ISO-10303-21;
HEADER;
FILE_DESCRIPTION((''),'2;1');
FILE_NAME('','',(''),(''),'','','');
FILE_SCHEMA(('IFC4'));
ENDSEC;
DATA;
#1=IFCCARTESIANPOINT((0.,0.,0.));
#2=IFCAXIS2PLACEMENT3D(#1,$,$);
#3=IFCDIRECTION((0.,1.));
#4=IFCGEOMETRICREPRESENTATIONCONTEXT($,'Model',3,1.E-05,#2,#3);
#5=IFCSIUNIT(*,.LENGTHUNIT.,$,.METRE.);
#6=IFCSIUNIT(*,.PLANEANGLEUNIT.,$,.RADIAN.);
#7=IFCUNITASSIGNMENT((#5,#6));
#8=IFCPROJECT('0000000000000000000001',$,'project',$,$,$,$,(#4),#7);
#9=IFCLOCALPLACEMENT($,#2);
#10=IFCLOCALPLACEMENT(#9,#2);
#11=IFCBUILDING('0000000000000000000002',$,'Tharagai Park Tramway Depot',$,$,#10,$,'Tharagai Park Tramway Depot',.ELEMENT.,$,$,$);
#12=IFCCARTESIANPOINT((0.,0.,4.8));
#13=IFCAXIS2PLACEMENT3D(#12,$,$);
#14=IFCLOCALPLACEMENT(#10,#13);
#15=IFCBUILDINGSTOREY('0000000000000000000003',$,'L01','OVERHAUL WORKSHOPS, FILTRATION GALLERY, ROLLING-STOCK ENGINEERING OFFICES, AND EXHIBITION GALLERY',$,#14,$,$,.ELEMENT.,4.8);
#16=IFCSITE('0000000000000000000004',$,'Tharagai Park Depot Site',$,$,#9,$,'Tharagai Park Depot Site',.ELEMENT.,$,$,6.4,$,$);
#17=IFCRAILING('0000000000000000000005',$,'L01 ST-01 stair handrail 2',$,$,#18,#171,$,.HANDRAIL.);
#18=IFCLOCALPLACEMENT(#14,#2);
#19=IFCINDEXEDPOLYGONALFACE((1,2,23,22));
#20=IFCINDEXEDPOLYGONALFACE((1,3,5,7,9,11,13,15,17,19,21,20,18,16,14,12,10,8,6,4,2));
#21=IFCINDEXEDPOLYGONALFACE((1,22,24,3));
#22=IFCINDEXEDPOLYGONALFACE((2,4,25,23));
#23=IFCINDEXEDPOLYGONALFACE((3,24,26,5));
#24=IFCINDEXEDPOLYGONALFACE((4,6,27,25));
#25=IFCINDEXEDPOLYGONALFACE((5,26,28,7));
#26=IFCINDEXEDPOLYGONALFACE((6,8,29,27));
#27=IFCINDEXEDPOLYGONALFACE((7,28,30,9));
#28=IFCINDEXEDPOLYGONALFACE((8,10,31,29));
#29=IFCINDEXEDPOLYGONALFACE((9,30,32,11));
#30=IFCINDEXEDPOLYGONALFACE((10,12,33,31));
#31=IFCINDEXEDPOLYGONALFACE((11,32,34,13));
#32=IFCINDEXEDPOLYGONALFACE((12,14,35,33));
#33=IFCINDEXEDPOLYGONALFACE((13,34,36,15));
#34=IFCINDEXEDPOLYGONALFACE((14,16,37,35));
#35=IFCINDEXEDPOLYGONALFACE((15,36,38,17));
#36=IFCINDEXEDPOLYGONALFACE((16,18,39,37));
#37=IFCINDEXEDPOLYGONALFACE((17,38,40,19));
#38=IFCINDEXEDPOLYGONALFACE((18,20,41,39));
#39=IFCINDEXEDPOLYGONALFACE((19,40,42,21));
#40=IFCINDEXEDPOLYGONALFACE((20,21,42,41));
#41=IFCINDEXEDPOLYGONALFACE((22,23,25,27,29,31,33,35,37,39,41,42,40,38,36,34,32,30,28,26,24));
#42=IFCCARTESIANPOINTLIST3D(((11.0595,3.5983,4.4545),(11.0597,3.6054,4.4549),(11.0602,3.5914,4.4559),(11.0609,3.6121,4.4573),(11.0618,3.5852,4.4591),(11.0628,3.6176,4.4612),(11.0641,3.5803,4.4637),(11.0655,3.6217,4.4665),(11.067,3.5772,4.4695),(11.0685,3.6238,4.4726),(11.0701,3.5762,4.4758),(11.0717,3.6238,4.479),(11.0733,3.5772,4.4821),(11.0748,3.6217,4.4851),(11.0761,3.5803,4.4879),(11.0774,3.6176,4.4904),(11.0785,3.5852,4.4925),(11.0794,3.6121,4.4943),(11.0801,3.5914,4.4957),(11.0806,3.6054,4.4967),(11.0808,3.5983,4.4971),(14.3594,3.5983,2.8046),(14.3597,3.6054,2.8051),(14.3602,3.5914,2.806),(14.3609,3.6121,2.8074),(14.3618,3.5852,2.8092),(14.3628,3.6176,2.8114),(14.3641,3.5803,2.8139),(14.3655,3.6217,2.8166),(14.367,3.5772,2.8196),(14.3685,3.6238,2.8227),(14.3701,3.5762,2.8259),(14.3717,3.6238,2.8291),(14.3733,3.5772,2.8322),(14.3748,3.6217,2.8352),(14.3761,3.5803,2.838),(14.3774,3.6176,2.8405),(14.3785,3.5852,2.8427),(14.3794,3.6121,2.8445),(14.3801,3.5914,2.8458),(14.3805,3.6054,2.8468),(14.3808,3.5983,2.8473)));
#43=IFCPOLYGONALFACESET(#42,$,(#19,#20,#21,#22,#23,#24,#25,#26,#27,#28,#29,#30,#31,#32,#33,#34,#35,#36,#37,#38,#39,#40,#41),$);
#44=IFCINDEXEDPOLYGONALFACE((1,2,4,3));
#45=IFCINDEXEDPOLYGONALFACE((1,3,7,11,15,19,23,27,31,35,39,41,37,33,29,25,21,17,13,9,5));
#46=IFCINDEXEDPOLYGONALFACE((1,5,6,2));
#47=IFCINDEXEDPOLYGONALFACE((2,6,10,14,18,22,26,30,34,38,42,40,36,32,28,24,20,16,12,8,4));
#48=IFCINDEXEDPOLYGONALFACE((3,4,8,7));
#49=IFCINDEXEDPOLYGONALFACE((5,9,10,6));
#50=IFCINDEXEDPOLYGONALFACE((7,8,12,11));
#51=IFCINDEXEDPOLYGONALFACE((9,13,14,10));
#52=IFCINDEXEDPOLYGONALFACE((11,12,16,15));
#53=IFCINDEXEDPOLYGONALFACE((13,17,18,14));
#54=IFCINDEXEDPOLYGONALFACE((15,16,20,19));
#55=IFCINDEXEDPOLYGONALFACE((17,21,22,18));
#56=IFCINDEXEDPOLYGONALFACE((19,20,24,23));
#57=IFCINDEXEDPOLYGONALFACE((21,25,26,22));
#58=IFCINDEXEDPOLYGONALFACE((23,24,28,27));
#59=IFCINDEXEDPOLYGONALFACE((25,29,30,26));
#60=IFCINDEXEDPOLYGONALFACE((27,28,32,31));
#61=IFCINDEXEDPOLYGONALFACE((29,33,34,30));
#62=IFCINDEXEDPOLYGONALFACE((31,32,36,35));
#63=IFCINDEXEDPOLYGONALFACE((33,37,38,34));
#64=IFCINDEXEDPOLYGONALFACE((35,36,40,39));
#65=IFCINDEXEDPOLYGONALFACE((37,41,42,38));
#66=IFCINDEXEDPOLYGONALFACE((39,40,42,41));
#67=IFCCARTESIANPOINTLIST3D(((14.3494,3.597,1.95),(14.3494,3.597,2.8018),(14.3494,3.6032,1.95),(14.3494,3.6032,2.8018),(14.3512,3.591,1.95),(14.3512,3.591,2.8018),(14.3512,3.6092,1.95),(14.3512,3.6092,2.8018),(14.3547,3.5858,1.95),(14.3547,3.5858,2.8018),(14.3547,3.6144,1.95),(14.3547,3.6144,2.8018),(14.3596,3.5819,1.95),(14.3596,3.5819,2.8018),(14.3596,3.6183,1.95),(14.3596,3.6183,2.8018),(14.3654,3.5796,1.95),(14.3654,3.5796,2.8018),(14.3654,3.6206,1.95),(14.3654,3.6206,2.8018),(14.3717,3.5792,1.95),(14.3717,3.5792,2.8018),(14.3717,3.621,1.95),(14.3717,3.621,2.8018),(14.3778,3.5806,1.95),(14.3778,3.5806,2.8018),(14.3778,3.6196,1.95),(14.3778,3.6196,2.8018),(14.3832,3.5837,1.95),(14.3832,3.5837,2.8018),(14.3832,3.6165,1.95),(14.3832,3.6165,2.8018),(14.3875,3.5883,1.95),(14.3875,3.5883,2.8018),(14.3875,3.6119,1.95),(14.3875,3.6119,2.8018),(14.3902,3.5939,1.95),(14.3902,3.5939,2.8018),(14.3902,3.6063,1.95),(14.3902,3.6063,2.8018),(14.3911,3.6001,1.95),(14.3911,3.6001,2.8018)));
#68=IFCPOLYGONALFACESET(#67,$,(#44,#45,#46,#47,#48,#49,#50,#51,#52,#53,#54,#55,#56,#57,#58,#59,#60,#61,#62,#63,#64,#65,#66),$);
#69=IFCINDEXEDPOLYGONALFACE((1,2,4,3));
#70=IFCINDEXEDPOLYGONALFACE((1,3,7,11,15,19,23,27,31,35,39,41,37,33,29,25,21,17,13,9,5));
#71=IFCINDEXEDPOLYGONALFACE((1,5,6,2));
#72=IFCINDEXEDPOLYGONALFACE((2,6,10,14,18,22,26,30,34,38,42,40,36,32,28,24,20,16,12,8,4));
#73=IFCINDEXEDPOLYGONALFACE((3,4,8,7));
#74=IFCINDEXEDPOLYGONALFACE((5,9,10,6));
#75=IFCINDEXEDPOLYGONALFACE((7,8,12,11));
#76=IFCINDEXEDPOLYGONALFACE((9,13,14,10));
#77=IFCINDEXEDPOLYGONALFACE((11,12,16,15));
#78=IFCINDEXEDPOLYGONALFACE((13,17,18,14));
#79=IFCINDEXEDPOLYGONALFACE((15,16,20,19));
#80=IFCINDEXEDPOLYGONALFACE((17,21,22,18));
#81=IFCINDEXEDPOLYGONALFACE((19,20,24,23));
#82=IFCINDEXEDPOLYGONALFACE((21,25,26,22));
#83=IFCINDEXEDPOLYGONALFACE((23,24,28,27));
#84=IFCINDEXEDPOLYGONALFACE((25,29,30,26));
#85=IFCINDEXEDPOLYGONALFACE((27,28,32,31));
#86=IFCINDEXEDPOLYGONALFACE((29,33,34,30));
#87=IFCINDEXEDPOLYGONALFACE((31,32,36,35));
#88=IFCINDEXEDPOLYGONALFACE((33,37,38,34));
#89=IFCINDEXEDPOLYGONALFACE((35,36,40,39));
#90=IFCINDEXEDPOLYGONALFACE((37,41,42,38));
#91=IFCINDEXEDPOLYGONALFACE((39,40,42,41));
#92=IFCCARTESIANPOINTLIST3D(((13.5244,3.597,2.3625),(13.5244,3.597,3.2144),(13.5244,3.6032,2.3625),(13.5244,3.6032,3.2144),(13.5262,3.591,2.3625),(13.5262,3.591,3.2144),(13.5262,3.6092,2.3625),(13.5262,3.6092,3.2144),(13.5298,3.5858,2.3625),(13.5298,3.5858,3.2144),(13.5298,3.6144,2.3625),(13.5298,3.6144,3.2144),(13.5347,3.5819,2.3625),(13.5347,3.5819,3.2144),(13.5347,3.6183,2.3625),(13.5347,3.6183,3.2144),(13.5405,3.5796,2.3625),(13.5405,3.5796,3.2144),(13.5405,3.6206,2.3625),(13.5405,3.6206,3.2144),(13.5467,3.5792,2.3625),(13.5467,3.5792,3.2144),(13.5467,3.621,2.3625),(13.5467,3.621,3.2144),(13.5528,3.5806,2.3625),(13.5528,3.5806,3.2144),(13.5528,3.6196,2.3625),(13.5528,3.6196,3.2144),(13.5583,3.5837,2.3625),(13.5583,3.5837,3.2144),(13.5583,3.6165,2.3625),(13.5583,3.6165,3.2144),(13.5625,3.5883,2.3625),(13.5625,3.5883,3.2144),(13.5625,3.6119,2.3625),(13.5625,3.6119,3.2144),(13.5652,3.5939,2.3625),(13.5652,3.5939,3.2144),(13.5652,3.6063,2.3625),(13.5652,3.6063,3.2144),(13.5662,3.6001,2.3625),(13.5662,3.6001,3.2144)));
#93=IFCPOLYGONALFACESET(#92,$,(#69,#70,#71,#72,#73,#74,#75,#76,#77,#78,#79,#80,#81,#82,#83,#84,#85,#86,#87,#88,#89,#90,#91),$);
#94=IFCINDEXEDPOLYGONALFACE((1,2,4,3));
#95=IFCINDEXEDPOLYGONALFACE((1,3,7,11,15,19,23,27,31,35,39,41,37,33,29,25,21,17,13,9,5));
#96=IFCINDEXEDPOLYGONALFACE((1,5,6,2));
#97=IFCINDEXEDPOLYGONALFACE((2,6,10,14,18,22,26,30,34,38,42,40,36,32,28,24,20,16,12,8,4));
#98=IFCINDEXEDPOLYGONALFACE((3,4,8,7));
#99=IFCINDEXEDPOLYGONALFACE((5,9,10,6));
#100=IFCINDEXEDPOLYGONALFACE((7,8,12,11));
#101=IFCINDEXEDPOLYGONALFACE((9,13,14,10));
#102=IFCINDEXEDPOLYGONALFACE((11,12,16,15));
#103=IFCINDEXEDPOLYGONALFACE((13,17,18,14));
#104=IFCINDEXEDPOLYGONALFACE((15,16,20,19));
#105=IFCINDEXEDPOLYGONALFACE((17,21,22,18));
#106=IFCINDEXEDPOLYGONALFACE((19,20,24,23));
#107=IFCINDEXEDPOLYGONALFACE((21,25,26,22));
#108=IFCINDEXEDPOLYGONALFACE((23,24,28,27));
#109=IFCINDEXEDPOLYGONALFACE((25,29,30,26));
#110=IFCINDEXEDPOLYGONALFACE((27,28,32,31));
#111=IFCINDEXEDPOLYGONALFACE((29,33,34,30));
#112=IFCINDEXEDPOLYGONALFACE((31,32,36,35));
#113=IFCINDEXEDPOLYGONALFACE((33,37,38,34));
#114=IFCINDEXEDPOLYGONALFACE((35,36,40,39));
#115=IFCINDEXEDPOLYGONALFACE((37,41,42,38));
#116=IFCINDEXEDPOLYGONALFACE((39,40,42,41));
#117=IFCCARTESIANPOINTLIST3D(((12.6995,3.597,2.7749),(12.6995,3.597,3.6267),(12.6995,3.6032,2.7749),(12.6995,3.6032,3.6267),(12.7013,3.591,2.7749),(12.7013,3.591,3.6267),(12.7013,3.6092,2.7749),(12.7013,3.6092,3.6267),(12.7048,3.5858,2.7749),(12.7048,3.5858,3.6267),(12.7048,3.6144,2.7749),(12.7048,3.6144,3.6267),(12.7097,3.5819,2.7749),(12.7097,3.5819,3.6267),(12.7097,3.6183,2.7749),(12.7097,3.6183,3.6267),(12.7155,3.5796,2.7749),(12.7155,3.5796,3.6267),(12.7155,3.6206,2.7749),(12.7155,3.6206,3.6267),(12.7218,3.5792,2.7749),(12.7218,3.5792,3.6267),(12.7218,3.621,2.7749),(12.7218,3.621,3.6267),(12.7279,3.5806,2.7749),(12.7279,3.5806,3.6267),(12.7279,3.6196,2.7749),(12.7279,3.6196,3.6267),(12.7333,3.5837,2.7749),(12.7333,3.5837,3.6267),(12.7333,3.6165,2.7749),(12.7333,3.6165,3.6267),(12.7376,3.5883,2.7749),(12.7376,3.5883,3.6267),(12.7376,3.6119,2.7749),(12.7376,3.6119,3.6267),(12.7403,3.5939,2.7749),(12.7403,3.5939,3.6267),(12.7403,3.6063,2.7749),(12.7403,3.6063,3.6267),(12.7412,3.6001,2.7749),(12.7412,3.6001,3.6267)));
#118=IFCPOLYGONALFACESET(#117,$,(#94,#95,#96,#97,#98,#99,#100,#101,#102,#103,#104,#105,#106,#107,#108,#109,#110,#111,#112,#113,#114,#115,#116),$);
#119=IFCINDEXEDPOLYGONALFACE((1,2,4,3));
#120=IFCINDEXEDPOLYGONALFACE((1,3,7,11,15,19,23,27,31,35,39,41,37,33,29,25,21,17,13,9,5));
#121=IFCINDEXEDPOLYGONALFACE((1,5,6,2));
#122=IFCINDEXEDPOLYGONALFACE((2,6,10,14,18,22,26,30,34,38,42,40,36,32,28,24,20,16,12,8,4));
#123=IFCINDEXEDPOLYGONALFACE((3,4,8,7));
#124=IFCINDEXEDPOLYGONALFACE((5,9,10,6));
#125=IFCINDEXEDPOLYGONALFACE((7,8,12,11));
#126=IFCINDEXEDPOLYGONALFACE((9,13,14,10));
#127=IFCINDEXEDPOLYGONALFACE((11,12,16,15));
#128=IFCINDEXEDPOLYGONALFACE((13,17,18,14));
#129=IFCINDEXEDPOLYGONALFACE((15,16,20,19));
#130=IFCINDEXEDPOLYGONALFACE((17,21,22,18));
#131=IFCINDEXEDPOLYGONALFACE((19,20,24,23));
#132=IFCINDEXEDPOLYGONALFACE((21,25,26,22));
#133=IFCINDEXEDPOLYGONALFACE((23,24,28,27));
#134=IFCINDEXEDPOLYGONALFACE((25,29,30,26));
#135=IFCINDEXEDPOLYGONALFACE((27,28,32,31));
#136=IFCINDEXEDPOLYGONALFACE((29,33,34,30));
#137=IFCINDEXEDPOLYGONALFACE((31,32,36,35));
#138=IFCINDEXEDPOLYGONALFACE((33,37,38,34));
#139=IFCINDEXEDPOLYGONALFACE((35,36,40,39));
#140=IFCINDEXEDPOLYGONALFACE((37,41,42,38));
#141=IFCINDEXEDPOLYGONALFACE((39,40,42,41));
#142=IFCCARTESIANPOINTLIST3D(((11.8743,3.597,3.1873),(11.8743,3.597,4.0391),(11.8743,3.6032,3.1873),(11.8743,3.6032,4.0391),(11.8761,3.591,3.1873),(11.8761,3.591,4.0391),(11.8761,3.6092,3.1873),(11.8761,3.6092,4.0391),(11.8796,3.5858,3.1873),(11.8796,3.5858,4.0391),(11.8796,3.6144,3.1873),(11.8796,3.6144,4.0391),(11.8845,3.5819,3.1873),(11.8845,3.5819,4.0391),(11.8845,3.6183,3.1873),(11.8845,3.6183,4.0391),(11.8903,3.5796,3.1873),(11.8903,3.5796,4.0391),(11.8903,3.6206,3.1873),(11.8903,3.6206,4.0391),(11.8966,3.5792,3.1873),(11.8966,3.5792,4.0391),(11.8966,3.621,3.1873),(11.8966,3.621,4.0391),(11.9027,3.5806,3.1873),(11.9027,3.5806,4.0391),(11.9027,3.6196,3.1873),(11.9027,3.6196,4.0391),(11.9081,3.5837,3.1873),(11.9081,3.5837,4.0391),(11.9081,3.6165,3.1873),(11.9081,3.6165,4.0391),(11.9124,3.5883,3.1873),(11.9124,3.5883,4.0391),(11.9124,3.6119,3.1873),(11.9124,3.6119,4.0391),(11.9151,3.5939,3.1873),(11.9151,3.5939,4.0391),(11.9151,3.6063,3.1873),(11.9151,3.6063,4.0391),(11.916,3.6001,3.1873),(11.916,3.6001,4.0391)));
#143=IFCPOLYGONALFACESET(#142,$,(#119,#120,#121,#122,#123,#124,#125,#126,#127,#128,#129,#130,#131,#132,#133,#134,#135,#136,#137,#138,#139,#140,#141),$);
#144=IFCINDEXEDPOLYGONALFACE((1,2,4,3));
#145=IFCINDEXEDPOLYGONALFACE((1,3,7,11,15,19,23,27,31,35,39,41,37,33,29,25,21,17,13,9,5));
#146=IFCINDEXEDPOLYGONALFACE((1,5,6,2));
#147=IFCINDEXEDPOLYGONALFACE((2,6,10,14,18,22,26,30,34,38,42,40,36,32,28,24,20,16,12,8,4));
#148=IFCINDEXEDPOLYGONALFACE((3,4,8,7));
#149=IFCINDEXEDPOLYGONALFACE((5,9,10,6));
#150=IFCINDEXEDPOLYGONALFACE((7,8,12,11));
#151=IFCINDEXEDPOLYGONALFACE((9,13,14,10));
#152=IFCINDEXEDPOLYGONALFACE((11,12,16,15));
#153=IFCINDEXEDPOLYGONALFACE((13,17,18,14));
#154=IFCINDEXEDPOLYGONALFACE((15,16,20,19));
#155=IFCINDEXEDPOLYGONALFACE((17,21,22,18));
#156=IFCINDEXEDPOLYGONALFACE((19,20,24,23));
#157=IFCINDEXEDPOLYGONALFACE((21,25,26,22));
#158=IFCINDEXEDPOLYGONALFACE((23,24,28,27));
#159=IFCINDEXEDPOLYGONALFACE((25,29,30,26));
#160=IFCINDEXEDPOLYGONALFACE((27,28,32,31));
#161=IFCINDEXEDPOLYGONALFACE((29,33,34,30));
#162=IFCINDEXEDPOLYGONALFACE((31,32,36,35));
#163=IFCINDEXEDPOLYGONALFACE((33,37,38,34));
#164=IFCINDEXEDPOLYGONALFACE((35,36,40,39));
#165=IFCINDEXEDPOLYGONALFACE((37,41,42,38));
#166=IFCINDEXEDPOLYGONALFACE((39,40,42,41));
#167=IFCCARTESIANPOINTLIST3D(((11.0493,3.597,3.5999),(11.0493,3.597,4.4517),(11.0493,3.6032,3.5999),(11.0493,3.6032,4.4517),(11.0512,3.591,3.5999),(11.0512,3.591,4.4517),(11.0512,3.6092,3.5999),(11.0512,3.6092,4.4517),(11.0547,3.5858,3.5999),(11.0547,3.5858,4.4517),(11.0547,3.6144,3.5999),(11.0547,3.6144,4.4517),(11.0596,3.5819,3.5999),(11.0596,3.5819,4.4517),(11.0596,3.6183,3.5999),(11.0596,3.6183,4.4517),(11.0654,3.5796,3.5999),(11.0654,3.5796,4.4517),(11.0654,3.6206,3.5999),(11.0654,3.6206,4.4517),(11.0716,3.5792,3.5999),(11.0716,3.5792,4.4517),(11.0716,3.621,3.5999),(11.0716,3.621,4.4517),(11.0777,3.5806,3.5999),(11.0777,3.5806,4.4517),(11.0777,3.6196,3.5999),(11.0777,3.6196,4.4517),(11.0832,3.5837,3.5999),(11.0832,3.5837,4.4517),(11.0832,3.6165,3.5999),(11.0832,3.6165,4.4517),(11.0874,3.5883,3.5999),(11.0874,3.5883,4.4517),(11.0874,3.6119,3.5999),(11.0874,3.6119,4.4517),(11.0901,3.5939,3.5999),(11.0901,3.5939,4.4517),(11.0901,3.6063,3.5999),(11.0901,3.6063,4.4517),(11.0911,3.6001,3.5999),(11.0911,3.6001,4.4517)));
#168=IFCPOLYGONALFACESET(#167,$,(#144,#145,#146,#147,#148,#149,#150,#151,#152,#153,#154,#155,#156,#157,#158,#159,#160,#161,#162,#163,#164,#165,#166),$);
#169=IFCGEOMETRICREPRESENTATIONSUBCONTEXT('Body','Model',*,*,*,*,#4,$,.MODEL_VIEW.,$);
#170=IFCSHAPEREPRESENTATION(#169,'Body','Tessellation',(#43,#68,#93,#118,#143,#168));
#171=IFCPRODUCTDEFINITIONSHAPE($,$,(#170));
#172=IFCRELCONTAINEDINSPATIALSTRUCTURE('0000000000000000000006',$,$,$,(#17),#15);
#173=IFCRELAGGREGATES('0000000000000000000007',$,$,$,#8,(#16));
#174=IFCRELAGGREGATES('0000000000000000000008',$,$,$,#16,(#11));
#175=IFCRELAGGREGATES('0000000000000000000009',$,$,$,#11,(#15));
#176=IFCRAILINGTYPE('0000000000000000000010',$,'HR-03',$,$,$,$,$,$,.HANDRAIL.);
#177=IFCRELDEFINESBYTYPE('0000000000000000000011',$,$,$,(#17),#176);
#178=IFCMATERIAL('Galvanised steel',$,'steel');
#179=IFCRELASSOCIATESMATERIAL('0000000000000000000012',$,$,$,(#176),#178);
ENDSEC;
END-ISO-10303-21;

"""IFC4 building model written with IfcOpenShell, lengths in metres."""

from ifc_helpers import new_model, si_unit, direction, frame, origin, origin_2d, place, context, subcontext, project, spatial, circle, extrude, material, type_object, element, save


model = new_model("IFC4")

# Units and contexts
model_context = context("Model", 3, precision=1e-05, world=origin(), true_north=direction((0.0, 1.0)))
body_context = subcontext(model_context, "Body", "Model", "MODEL_VIEW")
ifc_project = project(units=[si_unit("LENGTHUNIT", "METRE"), si_unit("PLANEANGLEUNIT", "RADIAN")], contexts=[model_context])

# Site, building, storey
site_placement = place(None, origin())
site = spatial("IfcSite", under=ifc_project, at=site_placement, Name="Tharagai Park Depot Site", LongName="Tharagai Park Depot Site", CompositionType="ELEMENT", RefElevation=6.4)
building_placement = place(site_placement, origin())
building = spatial("IfcBuilding", under=site, at=building_placement, Name="Tharagai Park Tramway Depot", LongName="Tharagai Park Tramway Depot", CompositionType="ELEMENT")
storey_placement = place(building_placement, frame((0.0, 0.0, 4.8)))
storey = spatial("IfcBuildingStorey", under=building, at=storey_placement, Name="L01", Description="OVERHAUL WORKSHOPS, FILTRATION GALLERY, ROLLING-STOCK ENGINEERING OFFICES, AND EXHIBITION GALLERY", CompositionType="ELEMENT", Elevation=4.8)

# Shared definitions
ifc_material_1 = material(Name="Galvanised steel", Category="steel")

# Railing
railing_type = type_object("IfcRailingType", Name="HR-03", PredefinedType="HANDRAIL", material=ifc_material_1)
railing_placement = place(storey_placement, frame((14.3701, 3.6001, 1.95)))
element("IfcRailing", 1, at=railing_placement, inside=storey, type_object=railing_type, Name="L01 ST-01 stair handrail 2", PredefinedType="HANDRAIL", context=body_context, shape_type="SweptSolid", body=[
    extrude(circle(Radius=0.0239, at=origin_2d()), frame((0.0, 0.0, 0.876), z_axis=(-0.89444, 0.0, 0.447187), x_axis=(0.0, -1.0, 0.0)), (0.0, 0.0, 1.0), 3.6895),
    extrude(circle(Radius=0.021, at=origin_2d()), origin(), (0.0, 0.0, 1.0), 0.8518),
    extrude(circle(Radius=0.021, at=origin_2d()), frame((-0.825, 0.0, 0.4126)), (0.0, 0.0, 1.0), 0.8518),
    extrude(circle(Radius=0.021, at=origin_2d()), frame((-1.6499, 0.0, 0.825)), (0.0, 0.0, 1.0), 0.8518),
    extrude(circle(Radius=0.021, at=origin_2d()), frame((-2.4751, 0.0, 1.2373)), (0.0, 0.0, 1.0), 0.8518),
    extrude(circle(Radius=0.021, at=origin_2d()), frame((-3.3, 0.0, 1.6499)), (0.0, 0.0, 1.0), 0.8518),
])

save(model, "model.ifc")
